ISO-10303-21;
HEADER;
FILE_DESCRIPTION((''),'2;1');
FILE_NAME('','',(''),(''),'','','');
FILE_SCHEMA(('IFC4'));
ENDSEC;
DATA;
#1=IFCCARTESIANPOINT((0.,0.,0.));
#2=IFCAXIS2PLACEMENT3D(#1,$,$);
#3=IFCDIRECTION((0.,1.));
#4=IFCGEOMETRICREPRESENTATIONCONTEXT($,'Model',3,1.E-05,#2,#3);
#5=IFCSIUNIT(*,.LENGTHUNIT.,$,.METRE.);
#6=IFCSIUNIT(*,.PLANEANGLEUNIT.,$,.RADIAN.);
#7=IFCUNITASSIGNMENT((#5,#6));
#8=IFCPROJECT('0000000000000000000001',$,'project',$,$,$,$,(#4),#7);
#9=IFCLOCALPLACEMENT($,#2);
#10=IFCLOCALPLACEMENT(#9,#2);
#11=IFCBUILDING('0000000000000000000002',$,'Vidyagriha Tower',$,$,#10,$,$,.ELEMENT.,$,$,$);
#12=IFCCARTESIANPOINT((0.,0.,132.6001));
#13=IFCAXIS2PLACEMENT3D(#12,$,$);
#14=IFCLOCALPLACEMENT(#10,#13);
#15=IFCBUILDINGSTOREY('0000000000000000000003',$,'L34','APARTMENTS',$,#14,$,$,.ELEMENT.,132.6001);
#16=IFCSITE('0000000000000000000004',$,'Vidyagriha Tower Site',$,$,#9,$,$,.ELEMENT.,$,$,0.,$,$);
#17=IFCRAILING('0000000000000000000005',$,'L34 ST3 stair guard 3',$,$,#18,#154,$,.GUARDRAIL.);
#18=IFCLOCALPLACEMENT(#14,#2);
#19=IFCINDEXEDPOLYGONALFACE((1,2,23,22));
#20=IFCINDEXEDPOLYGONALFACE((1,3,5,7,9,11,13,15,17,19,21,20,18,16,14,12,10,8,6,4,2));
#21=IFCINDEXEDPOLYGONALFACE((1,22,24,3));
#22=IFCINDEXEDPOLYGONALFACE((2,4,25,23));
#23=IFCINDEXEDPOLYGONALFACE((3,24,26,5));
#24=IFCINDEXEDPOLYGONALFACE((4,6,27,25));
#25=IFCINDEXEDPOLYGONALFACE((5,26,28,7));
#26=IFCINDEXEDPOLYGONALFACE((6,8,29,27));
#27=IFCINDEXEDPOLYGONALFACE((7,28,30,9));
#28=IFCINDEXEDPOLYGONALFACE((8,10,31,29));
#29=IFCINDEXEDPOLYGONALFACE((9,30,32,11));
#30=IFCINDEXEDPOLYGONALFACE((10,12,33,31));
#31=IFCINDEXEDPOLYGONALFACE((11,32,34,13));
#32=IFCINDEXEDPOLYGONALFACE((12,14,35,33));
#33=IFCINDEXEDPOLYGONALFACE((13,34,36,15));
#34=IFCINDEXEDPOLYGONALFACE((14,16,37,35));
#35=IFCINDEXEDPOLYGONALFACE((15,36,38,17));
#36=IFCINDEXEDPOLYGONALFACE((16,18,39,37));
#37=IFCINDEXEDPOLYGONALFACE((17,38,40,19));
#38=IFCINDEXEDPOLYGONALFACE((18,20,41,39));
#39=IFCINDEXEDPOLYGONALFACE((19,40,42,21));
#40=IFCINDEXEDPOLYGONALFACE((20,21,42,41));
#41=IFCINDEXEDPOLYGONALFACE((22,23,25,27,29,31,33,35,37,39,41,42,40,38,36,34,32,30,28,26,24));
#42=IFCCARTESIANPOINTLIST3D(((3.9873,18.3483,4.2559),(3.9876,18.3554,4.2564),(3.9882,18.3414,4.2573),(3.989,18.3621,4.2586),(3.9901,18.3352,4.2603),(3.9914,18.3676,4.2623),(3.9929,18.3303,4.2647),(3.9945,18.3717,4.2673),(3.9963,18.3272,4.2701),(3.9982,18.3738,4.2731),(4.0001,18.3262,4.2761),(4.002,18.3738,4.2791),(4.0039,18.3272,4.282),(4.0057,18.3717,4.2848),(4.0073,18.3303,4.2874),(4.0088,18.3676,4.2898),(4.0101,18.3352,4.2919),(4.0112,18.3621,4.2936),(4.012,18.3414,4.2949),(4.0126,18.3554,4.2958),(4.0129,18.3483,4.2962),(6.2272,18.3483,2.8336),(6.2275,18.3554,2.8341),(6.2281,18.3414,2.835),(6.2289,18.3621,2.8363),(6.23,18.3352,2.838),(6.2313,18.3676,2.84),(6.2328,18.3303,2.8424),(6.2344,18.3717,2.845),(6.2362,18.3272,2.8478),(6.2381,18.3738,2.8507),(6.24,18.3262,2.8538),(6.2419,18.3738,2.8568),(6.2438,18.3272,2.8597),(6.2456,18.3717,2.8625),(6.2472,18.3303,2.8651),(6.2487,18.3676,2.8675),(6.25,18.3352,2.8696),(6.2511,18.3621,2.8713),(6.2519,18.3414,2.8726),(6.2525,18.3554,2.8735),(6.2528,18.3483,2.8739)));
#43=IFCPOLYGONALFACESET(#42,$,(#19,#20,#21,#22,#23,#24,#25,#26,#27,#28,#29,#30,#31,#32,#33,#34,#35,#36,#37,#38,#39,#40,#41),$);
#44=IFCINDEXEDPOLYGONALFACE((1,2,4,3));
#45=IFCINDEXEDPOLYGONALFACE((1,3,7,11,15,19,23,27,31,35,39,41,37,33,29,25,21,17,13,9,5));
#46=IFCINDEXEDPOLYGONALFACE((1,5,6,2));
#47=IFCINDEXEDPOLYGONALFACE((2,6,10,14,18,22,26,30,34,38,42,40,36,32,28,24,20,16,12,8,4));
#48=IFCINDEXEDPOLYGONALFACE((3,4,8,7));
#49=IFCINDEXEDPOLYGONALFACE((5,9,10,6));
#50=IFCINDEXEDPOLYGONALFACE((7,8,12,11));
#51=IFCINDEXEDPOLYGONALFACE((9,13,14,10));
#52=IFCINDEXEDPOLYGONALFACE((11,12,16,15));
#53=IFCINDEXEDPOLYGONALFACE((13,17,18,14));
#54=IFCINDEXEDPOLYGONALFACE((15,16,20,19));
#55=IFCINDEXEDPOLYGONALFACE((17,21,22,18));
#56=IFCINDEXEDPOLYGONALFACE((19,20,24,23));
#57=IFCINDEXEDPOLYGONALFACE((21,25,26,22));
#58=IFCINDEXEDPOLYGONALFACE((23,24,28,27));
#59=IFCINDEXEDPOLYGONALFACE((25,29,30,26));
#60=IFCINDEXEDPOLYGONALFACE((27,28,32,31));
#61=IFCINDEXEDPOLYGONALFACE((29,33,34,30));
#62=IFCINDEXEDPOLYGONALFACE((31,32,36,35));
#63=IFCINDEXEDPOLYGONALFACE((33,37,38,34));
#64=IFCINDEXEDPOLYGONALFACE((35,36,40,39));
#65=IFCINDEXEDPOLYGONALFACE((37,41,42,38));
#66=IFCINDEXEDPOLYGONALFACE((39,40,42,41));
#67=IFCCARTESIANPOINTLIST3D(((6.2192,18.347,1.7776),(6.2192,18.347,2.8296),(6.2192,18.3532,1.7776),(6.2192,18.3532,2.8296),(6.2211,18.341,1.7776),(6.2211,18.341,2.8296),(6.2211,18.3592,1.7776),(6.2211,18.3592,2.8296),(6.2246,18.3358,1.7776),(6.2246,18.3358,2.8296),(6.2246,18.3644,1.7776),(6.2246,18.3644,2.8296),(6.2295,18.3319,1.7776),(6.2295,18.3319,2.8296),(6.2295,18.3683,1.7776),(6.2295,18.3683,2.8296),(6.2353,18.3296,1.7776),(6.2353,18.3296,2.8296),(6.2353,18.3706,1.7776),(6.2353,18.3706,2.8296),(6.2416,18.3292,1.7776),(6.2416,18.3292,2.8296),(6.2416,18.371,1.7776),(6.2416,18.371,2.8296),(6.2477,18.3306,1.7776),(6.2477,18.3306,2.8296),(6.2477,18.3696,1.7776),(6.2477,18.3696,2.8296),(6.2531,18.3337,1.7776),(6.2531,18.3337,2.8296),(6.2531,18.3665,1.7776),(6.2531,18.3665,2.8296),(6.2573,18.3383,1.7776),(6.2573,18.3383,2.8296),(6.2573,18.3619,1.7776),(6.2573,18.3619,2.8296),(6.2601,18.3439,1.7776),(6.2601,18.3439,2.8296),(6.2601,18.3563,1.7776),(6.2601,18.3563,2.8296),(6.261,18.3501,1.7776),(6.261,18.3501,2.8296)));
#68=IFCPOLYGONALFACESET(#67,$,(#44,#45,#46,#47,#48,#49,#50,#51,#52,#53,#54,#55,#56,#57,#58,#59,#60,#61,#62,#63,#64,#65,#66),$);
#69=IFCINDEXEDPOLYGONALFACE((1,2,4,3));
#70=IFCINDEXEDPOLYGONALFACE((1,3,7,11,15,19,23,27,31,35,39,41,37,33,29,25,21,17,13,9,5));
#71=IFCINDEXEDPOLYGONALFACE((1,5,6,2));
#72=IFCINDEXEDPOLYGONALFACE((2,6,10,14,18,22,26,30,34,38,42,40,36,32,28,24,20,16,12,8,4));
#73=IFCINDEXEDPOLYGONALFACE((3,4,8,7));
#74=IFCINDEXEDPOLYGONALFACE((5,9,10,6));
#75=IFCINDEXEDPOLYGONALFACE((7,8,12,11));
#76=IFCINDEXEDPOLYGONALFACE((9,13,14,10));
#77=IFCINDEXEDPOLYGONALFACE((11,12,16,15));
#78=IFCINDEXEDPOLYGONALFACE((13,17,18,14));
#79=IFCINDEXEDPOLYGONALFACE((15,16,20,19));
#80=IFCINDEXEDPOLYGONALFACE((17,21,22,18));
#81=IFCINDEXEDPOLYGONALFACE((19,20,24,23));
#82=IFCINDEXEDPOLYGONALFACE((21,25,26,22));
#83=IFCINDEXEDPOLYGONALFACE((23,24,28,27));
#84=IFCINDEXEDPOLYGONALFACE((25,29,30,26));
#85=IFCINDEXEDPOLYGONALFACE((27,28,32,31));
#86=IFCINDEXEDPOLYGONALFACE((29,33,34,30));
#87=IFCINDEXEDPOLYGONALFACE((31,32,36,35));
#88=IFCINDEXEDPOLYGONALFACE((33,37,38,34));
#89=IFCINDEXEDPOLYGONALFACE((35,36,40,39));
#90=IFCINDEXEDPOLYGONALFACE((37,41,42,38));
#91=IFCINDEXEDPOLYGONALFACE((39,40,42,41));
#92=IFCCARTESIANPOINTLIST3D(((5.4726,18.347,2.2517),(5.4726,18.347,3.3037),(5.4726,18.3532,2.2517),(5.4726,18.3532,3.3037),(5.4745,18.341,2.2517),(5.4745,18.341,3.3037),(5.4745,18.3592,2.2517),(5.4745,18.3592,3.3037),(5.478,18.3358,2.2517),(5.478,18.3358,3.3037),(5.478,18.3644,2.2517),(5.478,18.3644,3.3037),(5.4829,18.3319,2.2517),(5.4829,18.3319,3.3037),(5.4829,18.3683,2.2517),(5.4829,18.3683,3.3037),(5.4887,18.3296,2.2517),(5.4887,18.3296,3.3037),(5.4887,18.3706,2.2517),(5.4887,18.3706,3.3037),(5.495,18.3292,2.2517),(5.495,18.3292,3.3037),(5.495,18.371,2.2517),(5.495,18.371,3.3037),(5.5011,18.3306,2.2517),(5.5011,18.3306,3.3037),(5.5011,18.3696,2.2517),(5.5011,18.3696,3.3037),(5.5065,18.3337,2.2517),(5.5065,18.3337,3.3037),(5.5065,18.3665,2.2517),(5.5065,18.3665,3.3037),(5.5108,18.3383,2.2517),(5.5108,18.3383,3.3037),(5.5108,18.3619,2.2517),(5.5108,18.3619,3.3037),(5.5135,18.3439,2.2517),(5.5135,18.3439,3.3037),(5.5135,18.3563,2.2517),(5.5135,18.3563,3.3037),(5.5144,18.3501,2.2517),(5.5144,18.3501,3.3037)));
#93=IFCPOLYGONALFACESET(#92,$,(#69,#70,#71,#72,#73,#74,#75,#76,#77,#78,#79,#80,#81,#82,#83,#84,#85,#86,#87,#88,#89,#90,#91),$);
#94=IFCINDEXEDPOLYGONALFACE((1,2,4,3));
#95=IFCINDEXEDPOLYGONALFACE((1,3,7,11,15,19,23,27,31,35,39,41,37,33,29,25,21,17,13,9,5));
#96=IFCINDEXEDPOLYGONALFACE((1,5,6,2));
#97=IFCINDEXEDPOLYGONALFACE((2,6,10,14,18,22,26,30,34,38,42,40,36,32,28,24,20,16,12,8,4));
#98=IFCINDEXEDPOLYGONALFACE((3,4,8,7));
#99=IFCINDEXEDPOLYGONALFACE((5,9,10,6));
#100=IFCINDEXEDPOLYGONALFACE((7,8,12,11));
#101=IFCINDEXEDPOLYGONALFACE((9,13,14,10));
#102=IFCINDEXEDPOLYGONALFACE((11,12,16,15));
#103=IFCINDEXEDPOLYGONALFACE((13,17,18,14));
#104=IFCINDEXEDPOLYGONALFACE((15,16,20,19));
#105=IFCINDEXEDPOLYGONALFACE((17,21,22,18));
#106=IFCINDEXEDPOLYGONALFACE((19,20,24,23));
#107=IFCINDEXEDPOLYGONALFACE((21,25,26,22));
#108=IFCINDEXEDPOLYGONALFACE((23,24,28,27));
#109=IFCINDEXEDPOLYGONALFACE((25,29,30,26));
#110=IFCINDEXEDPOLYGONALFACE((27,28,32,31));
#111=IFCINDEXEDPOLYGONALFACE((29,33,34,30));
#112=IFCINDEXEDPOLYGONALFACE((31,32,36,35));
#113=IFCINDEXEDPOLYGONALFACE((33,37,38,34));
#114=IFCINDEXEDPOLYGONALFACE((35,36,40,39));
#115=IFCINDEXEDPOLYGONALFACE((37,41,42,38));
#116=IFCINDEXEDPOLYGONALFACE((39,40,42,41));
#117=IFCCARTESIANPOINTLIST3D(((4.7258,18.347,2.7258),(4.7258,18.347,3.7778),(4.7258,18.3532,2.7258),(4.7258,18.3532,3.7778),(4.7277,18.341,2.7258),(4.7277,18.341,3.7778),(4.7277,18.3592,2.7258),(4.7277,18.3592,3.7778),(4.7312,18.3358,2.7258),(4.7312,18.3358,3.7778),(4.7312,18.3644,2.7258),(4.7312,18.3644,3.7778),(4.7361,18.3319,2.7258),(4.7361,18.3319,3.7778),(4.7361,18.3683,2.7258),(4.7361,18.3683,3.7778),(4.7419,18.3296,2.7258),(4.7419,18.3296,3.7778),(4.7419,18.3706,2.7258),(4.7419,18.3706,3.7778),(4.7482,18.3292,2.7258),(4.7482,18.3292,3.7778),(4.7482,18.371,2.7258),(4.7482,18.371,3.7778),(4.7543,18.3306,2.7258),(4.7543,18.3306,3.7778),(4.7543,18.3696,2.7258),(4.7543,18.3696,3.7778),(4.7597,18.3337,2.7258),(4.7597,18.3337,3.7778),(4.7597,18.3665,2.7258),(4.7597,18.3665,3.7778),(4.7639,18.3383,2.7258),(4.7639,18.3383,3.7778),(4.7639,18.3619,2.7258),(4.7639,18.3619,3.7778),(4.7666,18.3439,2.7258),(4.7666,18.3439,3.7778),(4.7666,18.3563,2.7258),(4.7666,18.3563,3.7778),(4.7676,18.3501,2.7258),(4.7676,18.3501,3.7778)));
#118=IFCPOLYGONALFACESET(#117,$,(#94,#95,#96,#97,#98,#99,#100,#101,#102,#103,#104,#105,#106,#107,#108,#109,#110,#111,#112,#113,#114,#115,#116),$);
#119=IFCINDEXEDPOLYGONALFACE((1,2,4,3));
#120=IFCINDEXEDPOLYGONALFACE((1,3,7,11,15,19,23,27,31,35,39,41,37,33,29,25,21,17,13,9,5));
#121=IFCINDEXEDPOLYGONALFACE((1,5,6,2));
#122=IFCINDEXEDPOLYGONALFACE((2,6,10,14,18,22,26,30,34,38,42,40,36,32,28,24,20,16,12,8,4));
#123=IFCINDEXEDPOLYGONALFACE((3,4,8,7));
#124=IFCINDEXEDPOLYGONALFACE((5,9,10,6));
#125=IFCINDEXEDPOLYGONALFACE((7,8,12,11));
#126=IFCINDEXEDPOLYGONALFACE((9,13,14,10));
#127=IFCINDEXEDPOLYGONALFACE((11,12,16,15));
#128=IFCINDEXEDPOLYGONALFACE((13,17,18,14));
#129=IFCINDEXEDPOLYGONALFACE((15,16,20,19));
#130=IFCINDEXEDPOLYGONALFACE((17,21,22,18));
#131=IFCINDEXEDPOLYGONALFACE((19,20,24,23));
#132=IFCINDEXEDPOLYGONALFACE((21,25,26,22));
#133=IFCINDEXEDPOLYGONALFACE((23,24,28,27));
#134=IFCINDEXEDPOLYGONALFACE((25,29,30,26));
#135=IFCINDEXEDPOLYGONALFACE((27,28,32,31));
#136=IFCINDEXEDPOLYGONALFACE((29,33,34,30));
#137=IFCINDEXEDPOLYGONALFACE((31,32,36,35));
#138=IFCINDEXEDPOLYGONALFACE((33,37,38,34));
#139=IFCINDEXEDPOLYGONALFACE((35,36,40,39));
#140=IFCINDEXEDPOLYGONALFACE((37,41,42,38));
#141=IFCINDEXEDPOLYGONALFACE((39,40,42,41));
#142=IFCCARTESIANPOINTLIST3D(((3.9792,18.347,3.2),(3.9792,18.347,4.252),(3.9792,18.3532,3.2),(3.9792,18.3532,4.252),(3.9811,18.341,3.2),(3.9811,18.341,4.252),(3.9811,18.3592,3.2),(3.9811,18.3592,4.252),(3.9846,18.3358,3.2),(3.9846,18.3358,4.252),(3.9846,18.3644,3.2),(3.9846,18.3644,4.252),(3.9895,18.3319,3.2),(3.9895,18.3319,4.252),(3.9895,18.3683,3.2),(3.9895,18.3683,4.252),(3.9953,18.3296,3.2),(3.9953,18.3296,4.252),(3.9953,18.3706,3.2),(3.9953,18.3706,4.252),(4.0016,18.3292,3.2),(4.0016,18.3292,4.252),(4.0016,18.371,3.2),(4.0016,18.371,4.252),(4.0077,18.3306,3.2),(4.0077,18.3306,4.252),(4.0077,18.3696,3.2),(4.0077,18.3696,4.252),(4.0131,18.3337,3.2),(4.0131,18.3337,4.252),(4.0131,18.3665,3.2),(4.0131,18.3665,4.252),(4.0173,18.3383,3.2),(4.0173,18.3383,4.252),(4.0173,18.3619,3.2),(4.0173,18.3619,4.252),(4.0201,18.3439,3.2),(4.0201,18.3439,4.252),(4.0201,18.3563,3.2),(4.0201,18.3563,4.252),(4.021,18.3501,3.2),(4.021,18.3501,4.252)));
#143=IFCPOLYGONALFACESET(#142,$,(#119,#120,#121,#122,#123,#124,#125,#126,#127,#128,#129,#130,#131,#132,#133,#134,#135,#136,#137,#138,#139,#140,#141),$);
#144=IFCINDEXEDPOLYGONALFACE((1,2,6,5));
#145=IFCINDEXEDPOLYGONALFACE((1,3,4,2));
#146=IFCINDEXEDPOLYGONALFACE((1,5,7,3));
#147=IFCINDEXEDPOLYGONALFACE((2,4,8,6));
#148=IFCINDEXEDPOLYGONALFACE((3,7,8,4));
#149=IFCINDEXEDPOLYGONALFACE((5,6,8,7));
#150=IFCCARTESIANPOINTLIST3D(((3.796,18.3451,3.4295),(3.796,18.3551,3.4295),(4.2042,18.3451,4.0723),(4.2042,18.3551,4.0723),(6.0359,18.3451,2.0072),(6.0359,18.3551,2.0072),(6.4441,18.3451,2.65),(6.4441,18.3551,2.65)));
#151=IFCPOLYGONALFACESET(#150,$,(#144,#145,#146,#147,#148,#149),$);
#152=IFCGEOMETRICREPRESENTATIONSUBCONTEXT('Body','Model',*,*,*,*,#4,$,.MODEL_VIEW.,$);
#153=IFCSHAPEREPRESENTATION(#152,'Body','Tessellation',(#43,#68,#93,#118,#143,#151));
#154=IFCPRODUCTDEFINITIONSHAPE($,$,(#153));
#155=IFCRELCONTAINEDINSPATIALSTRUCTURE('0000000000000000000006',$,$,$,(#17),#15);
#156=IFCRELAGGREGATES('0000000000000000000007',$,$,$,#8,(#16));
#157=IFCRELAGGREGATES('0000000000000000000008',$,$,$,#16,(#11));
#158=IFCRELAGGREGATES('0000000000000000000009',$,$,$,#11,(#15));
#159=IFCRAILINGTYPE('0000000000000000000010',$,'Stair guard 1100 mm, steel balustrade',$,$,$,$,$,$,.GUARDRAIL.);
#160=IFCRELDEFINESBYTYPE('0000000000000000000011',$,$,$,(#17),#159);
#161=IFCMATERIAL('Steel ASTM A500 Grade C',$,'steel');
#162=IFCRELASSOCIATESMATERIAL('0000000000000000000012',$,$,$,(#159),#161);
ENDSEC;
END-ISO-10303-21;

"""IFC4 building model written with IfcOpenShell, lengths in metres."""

from ifc_helpers import new_model, si_unit, direction, frame, origin, origin_2d, place, context, subcontext, project, spatial, rectangle, circle, extrude, material, type_object, element, save


model = new_model("IFC4")

# Units and contexts
model_context = context("Model", 3, precision=1e-05, world=origin(), true_north=direction((0.0, 1.0)))
body_context = subcontext(model_context, "Body", "Model", "MODEL_VIEW")
ifc_project = project(units=[si_unit("LENGTHUNIT", "METRE"), si_unit("PLANEANGLEUNIT", "RADIAN")], contexts=[model_context])

# Site, building, storey
site_placement = place(None, origin())
site = spatial("IfcSite", under=ifc_project, at=site_placement, Name="Vidyagriha Tower Site", CompositionType="ELEMENT", RefElevation=0.0)
building_placement = place(site_placement, origin())
building = spatial("IfcBuilding", under=site, at=building_placement, Name="Vidyagriha Tower", CompositionType="ELEMENT")
storey_placement = place(building_placement, frame((0.0, 0.0, 132.6001)))
storey = spatial("IfcBuildingStorey", under=building, at=storey_placement, Name="L34", Description="APARTMENTS", CompositionType="ELEMENT", Elevation=132.6001)

# Railing
ifc_material_1 = material(Name="Steel ASTM A500 Grade C", Category="steel")
railing_type_1 = type_object("IfcRailingType", Name="Stair guard 1100 mm, steel balustrade", PredefinedType="GUARDRAIL", material=ifc_material_1)
railing_1_placement = place(storey_placement, frame((6.24, 18.3501, 1.7776)))
element("IfcRailing", 1, at=railing_1_placement, inside=storey, type_object=railing_type_1, Name="L34 ST3 stair guard 3", PredefinedType="GUARDRAIL", context=body_context, shape_type="SweptSolid", body=[
    extrude(circle(Radius=0.0239, at=origin_2d()), frame((0.0, 0.0, 1.0762), z_axis=(-0.844188, 0.0, 0.536048), x_axis=(0.0, -1.0, 0.0)), (0.0, 0.0, 1.0), 2.6533),
    extrude(circle(Radius=0.021, at=origin_2d()), origin(), (0.0, 0.0, 1.0), 1.052),
    extrude(circle(Radius=0.021, at=origin_2d()), frame((-0.7466, 0.0, 0.4741)), (0.0, 0.0, 1.0), 1.052),
    extrude(circle(Radius=0.021, at=origin_2d()), frame((-1.4934, 0.0, 0.9482)), (0.0, 0.0, 1.0), 1.052),
    extrude(circle(Radius=0.021, at=origin_2d()), frame((-2.24, 0.0, 1.4224)), (0.0, 0.0, 1.0), 1.052),
    extrude(rectangle(XDim=0.01, YDim=0.7615, at=origin_2d()), frame((0.0, 0.0, 0.551), z_axis=(-0.844188, 0.0, 0.536048), x_axis=(0.0, -1.0, 0.0)), (0.0, 0.0, 1.0), 2.6533),
])

save(model, "model.ifc")
